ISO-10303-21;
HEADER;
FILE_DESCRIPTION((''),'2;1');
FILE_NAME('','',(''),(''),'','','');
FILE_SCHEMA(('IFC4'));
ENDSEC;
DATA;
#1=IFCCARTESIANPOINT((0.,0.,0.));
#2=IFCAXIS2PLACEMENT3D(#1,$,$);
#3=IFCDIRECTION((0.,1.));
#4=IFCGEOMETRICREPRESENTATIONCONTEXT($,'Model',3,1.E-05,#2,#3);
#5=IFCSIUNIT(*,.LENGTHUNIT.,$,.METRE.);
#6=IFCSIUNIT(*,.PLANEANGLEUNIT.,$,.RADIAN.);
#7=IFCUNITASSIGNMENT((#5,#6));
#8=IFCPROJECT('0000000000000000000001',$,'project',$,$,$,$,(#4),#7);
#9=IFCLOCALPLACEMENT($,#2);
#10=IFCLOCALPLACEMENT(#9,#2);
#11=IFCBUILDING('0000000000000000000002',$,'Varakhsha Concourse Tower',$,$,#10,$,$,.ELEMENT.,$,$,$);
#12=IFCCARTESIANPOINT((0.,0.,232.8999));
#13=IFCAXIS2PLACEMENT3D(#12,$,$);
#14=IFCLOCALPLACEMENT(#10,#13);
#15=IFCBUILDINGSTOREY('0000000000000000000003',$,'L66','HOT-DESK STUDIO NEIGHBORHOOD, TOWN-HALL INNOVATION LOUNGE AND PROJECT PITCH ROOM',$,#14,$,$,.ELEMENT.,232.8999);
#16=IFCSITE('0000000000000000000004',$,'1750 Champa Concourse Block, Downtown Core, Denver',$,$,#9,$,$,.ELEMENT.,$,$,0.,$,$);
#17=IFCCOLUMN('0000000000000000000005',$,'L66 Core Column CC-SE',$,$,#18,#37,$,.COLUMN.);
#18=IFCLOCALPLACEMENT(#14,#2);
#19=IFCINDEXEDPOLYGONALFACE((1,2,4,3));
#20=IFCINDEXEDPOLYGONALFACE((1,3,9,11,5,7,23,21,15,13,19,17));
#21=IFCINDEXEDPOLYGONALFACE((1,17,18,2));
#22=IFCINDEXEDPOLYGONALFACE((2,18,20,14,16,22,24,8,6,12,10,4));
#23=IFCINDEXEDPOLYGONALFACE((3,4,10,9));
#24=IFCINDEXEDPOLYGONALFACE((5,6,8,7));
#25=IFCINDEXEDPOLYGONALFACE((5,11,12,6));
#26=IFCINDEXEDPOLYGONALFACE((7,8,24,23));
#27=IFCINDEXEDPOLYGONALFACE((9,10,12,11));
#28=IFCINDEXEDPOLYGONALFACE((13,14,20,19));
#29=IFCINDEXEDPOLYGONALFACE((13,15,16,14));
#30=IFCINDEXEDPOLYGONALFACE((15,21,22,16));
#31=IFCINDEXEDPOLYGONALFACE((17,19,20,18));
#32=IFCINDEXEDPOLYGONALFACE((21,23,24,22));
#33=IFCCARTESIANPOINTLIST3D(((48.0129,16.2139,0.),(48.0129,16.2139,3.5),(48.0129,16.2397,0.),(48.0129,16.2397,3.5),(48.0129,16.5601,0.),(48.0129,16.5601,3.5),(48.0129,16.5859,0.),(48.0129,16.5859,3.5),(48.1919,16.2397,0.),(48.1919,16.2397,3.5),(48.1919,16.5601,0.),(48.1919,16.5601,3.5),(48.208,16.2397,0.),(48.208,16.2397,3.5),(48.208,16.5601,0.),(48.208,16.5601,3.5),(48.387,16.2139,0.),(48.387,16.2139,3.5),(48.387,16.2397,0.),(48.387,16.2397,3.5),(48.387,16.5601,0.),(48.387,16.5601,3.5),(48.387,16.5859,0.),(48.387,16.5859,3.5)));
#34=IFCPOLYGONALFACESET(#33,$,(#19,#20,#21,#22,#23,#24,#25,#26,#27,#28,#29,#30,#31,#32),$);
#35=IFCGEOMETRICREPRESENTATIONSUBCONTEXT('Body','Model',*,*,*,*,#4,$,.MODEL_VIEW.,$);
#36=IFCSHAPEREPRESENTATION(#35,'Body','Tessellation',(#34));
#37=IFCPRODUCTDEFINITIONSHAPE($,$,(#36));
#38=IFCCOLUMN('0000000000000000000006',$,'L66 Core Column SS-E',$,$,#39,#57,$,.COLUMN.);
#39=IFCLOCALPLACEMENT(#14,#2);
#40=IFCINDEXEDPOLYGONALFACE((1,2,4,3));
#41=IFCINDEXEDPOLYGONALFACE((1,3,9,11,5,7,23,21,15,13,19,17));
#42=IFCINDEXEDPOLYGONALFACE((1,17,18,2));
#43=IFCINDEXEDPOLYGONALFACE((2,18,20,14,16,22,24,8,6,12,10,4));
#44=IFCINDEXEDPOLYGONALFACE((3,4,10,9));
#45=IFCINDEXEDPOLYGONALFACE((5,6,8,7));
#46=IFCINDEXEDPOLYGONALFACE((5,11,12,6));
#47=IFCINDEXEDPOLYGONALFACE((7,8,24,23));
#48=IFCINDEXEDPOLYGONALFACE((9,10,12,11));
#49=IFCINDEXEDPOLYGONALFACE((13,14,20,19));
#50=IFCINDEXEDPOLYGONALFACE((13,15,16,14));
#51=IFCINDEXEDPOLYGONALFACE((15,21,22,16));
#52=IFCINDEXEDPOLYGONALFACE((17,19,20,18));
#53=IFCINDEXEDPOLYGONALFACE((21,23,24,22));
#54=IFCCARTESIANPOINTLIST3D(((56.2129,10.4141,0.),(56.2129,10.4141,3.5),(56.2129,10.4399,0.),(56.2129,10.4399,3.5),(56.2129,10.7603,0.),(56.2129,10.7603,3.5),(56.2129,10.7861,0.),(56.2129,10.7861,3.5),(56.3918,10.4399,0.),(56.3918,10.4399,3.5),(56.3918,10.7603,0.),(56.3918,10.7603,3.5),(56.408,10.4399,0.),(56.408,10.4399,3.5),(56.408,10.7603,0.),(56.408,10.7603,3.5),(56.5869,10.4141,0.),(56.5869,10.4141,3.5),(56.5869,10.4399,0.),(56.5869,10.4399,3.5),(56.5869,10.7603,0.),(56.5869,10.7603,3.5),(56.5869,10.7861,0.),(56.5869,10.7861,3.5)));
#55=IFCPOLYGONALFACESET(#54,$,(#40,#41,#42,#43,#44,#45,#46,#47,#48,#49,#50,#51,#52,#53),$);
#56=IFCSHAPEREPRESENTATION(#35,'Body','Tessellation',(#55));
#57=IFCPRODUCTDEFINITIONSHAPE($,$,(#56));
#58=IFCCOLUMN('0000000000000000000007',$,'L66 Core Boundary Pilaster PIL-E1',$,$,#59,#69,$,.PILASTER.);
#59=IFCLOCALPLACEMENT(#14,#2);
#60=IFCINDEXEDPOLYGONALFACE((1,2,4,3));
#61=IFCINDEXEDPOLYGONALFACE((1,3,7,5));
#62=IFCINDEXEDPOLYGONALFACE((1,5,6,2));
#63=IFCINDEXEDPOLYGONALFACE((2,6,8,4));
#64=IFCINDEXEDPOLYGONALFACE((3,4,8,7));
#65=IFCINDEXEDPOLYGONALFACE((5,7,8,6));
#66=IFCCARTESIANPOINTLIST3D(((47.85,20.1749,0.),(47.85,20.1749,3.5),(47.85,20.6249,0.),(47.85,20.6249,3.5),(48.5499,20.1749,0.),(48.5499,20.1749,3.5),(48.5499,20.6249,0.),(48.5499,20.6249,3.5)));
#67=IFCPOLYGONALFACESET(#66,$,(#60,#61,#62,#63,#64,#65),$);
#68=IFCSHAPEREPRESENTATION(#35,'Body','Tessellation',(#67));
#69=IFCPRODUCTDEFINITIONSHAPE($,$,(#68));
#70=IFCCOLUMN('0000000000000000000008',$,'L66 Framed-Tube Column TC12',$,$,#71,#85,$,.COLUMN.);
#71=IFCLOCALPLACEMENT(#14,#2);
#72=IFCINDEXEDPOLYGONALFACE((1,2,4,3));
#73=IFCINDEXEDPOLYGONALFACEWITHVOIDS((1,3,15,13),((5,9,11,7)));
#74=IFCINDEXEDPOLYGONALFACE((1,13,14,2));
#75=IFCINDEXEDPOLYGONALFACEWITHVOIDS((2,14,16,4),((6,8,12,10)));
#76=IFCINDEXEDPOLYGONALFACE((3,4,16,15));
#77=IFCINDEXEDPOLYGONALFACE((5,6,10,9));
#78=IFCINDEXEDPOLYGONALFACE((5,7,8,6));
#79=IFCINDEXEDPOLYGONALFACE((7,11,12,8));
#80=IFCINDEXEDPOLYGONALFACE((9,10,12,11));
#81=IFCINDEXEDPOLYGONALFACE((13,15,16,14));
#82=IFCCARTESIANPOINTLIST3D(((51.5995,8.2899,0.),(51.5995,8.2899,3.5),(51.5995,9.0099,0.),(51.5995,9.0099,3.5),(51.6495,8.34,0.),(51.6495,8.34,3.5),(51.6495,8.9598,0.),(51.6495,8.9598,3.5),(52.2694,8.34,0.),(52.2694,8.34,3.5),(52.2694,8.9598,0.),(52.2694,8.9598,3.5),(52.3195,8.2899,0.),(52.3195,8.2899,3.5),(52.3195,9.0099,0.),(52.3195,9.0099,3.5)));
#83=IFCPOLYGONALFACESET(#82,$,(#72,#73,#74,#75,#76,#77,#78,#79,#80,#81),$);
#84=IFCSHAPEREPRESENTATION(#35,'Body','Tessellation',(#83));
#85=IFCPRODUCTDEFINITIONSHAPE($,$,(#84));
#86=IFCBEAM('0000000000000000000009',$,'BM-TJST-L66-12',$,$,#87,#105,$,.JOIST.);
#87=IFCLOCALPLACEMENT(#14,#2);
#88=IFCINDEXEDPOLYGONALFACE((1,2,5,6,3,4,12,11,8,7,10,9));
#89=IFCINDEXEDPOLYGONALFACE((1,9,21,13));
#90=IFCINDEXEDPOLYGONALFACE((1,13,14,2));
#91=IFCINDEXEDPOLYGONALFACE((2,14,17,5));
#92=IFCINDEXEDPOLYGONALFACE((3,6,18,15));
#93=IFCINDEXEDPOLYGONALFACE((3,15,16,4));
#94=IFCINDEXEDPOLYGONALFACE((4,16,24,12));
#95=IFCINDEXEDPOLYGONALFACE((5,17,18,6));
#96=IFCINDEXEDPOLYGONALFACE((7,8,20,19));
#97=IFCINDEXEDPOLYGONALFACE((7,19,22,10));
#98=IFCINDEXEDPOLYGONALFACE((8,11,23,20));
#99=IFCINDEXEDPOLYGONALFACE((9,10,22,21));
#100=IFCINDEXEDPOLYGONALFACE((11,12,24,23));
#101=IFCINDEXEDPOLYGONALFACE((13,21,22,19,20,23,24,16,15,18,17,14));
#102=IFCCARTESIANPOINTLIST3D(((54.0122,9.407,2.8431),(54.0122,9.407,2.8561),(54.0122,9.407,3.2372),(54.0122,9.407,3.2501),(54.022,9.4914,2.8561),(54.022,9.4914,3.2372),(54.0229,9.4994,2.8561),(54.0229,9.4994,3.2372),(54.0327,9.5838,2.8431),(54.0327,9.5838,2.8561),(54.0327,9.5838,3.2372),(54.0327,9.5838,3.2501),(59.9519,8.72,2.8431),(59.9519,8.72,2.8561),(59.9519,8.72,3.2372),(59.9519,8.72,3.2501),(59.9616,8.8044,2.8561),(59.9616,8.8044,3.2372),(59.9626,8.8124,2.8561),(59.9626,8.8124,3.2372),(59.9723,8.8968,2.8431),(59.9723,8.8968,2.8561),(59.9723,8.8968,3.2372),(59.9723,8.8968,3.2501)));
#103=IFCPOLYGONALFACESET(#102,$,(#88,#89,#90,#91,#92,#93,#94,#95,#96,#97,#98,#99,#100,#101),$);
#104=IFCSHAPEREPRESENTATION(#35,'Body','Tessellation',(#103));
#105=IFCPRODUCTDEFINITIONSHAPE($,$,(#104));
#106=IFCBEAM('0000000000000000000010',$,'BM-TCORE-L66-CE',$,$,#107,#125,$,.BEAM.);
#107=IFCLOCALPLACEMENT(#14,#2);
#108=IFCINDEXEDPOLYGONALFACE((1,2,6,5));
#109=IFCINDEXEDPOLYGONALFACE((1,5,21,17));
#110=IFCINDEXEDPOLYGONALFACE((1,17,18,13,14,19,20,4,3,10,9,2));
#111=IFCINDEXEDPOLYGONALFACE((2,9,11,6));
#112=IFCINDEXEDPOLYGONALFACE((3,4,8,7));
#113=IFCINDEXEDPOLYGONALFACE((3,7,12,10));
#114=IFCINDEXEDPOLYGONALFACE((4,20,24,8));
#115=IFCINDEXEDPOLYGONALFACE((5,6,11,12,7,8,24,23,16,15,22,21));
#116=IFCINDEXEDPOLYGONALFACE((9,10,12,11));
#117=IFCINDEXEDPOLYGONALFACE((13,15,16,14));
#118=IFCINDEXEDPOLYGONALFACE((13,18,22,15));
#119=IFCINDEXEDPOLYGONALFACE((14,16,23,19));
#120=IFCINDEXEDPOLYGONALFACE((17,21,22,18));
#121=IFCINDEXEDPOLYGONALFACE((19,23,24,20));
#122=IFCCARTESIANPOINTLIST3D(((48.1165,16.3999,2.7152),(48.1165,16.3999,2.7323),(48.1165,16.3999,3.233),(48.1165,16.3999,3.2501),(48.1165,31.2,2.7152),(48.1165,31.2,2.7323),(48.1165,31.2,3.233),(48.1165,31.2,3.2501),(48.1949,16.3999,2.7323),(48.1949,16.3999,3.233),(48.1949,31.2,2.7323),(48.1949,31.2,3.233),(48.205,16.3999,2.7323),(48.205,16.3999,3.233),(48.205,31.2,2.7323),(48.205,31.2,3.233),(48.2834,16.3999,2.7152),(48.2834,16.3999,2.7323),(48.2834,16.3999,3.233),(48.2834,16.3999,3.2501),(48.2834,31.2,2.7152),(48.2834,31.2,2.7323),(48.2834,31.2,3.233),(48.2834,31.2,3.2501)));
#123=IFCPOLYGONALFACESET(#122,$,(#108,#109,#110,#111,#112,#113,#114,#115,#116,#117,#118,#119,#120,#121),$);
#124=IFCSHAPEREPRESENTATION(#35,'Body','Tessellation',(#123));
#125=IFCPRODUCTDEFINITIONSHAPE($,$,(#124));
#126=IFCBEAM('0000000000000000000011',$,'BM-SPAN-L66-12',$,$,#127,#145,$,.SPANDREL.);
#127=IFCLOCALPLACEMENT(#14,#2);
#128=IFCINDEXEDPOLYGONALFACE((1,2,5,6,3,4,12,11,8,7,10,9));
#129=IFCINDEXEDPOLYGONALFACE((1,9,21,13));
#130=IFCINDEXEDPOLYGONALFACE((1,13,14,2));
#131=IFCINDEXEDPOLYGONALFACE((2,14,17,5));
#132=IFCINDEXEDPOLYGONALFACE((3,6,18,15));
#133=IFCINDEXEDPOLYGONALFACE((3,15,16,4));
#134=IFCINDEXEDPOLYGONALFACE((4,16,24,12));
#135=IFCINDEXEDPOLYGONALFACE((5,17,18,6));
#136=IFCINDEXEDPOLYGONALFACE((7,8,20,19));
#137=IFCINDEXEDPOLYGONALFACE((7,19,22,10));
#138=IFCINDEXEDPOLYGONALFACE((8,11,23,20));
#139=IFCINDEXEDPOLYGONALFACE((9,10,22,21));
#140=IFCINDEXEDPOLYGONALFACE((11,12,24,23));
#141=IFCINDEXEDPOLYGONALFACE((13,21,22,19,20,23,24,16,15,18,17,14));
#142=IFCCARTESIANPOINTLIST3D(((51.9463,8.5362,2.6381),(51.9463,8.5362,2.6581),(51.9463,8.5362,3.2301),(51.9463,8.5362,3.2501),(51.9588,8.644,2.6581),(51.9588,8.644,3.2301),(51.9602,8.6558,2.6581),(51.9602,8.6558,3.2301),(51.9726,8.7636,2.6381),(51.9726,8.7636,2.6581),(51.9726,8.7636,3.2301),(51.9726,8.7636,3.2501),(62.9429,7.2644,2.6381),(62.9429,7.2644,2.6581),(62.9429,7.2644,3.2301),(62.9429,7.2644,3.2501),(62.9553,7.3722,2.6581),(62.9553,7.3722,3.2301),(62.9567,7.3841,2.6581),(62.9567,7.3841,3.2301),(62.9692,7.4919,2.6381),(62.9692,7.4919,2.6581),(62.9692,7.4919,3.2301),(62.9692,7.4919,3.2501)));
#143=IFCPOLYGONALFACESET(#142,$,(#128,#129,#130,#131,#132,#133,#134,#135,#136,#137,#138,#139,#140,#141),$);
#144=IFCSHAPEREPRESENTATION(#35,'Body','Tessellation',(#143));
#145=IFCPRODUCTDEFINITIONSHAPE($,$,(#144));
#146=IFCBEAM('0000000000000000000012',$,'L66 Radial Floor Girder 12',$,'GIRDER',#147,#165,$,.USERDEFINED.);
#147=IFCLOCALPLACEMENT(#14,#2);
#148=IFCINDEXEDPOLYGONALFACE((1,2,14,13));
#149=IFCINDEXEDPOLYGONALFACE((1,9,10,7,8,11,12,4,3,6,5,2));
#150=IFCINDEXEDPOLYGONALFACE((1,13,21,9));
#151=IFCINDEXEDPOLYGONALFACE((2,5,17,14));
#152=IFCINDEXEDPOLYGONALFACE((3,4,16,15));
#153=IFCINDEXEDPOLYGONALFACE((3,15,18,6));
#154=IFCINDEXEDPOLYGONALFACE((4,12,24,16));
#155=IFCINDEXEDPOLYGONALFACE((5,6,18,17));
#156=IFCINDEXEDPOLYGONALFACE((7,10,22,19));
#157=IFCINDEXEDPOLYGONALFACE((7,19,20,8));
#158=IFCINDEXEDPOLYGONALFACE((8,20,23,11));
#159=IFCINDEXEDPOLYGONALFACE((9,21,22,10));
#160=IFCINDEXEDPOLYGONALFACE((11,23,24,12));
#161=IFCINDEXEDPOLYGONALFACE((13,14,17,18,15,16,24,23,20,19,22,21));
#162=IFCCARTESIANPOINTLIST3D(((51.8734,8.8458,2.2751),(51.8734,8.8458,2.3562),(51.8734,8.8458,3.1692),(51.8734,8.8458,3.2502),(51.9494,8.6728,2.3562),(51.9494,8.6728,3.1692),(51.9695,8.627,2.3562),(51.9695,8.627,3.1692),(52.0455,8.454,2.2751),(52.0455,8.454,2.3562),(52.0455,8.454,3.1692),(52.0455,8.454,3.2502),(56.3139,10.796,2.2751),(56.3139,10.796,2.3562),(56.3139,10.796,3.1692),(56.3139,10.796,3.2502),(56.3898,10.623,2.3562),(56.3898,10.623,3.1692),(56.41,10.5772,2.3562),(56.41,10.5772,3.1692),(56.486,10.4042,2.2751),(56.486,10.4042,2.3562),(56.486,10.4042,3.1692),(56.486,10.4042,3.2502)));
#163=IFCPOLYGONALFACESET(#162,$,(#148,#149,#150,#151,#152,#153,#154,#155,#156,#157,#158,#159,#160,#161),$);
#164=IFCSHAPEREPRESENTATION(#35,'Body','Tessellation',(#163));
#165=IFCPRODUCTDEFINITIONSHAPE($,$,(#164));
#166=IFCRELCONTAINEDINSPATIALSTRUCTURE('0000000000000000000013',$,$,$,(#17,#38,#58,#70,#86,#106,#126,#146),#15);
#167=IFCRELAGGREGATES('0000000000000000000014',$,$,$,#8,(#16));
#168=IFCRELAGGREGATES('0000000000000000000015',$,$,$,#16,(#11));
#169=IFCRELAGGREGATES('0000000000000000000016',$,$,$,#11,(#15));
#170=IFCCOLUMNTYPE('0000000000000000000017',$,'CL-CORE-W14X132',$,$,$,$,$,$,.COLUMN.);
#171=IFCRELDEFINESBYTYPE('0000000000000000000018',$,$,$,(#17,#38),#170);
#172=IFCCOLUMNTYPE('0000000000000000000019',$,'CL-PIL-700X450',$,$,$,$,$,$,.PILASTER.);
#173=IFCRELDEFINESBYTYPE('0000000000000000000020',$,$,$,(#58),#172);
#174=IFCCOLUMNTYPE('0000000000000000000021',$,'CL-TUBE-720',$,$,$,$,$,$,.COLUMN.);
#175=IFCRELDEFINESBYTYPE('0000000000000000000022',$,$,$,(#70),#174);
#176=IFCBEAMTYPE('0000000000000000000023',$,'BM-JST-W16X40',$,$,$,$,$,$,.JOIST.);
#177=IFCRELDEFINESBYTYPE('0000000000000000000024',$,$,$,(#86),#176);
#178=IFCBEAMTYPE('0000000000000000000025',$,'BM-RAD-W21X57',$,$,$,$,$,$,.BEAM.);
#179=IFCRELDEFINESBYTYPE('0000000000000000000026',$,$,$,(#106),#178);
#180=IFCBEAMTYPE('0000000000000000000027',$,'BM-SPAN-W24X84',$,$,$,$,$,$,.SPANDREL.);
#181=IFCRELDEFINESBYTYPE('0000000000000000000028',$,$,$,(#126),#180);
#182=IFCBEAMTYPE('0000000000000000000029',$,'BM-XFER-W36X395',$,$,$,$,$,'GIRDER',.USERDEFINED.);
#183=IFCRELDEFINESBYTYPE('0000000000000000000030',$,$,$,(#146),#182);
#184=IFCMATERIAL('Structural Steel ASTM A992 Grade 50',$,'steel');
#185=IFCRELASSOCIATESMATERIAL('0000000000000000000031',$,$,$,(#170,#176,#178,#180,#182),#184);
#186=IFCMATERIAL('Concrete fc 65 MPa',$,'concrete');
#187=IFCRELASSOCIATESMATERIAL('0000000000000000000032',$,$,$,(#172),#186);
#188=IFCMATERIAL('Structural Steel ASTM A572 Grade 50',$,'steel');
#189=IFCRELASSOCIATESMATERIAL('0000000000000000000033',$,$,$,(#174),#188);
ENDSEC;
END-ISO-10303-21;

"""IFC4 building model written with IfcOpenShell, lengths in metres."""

from ifc_helpers import new_model, si_unit, direction, frame, origin, origin_2d, place, context, subcontext, project, spatial, rectangle, hollow_rectangle, i_section, extrude, material, material_profile, profile_set, type_object, element, save


model = new_model("IFC4")

# Units and contexts
model_context = context("Model", 3, precision=1e-05, world=origin(), true_north=direction((0.0, 1.0)))
body_context = subcontext(model_context, "Body", "Model", "MODEL_VIEW")
ifc_project = project(units=[si_unit("LENGTHUNIT", "METRE"), si_unit("PLANEANGLEUNIT", "RADIAN")], contexts=[model_context])

# Site, building, storey
site_placement = place(None, origin())
site = spatial("IfcSite", under=ifc_project, at=site_placement, Name="1750 Champa Concourse Block, Downtown Core, Denver", CompositionType="ELEMENT", RefElevation=0.0)
building_placement = place(site_placement, origin())
building = spatial("IfcBuilding", under=site, at=building_placement, Name="Varakhsha Concourse Tower", CompositionType="ELEMENT")
storey_placement = place(building_placement, frame((0.0, 0.0, 232.8999)))
storey = spatial("IfcBuildingStorey", under=building, at=storey_placement, Name="L66", Description="HOT-DESK STUDIO NEIGHBORHOOD, TOWN-HALL INNOVATION LOUNGE AND PROJECT PITCH ROOM", CompositionType="ELEMENT", Elevation=232.8999)

# Columns
ifc_material_1 = material(Name="Structural Steel ASTM A992 Grade 50", Category="steel")
ifc_material_profile_1 = material_profile(ifc_material_1, i_section(OverallWidth=0.374, OverallDepth=0.3721, WebThickness=0.0161, FlangeThickness=0.0259, at=origin_2d()), Name="W14X132")
ifc_profile_set_1 = profile_set([ifc_material_profile_1], Name="Structural Steel ASTM A992 Grade 50")
column_type_1 = type_object("IfcColumnType", Name="CL-CORE-W14X132", PredefinedType="COLUMN", material=ifc_profile_set_1)
for number, where, z_axis, x_axis, name in (
    (1, (48.2, 16.3999, 0.0), (0.0, 0.0, 1.0), (1.0, 0.0, 0.0), "L66 Core Column CC-SE"),
    (2, (56.3999, 10.6001, 0.0), (0.0, 0.0, 1.0), (1.0, 0.0, 0.0), "L66 Core Column SS-E"),
):
    element("IfcColumn", number, at=place(storey_placement, frame(where, z_axis=z_axis, x_axis=x_axis)), inside=storey, type_object=column_type_1, Name=name, PredefinedType="COLUMN", context=body_context, shape_type="SweptSolid", body=[
        extrude(i_section(OverallWidth=0.374, OverallDepth=0.3721, WebThickness=0.0161, FlangeThickness=0.0259, at=origin_2d()), origin(), (0.0, 0.0, 1.0), 3.5),
    ])
ifc_material_2 = material(Name="Concrete fc 65 MPa", Category="concrete")
ifc_material_profile_2 = material_profile(ifc_material_2, rectangle(XDim=0.7, YDim=0.45, at=origin_2d()), Name="RC 700x450")
ifc_profile_set_2 = profile_set([ifc_material_profile_2], Name="Concrete fc 65 MPa")
column_type_2 = type_object("IfcColumnType", Name="CL-PIL-700X450", PredefinedType="PILASTER", material=ifc_profile_set_2)
column_1_placement = place(storey_placement, frame((48.2, 20.3999, 0.0), z_axis=(0.0, 0.0, 1.0), x_axis=(1.0, 0.0, 0.0)))
element("IfcColumn", 3, at=column_1_placement, inside=storey, type_object=column_type_2, Name="L66 Core Boundary Pilaster PIL-E1", PredefinedType="PILASTER", context=body_context, shape_type="SweptSolid", body=[
    extrude(rectangle(XDim=0.7, YDim=0.45, at=origin_2d()), origin(), (0.0, 0.0, 1.0), 3.5),
])
ifc_material_3 = material(Name="Structural Steel ASTM A572 Grade 50", Category="steel")
ifc_material_profile_3 = material_profile(ifc_material_3, hollow_rectangle(XDim=0.72, YDim=0.72, WallThickness=0.05, at=origin_2d()), Name="BOX 720x720x50")
ifc_profile_set_3 = profile_set([ifc_material_profile_3], Name="Structural Steel ASTM A572 Grade 50")
column_type_3 = type_object("IfcColumnType", Name="CL-TUBE-720", PredefinedType="COLUMN", material=ifc_profile_set_3)
column_2_placement = place(storey_placement, frame((51.9595, 8.6499, 0.0), z_axis=(0.0, 0.0, 1.0), x_axis=(1.0, 0.0, 0.0)))
element("IfcColumn", 4, at=column_2_placement, inside=storey, type_object=column_type_3, Name="L66 Framed-Tube Column TC12", PredefinedType="COLUMN", context=body_context, shape_type="SweptSolid", body=[
    extrude(hollow_rectangle(XDim=0.72, YDim=0.72, WallThickness=0.05, at=origin_2d()), origin(), (0.0, 0.0, 1.0), 3.5),
])

# Beams
ifc_material_profile_4 = material_profile(ifc_material_1, i_section(OverallWidth=0.178, OverallDepth=0.407, WebThickness=0.0081, FlangeThickness=0.0129, at=origin_2d()), Name="W16X40")
ifc_profile_set_4 = profile_set([ifc_material_profile_4], Name="Structural Steel ASTM A992 Grade 50")
beam_type_1 = type_object("IfcBeamType", Name="BM-JST-W16X40", PredefinedType="JOIST", material=ifc_profile_set_4)
beam_1_placement = place(storey_placement, frame((54.0225, 9.4954, 3.0466), z_axis=(0.993377, -0.114898, 0.0), x_axis=(0.114898, 0.993377, 0.0)))
element("IfcBeam", 5, at=beam_1_placement, inside=storey, type_object=beam_type_1, Name="BM-TJST-L66-12", PredefinedType="JOIST", context=body_context, shape_type="SweptSolid", body=[
    extrude(i_section(OverallWidth=0.178, OverallDepth=0.407, WebThickness=0.0081, FlangeThickness=0.0129, at=origin_2d()), origin(), (0.0, 0.0, 1.0), 5.9792),
])
ifc_material_profile_5 = material_profile(ifc_material_1, i_section(OverallWidth=0.167, OverallDepth=0.5349, WebThickness=0.01, FlangeThickness=0.0171, at=origin_2d()), Name="W21X57")
ifc_profile_set_5 = profile_set([ifc_material_profile_5], Name="Structural Steel ASTM A992 Grade 50")
beam_type_2 = type_object("IfcBeamType", Name="BM-RAD-W21X57", PredefinedType="BEAM", material=ifc_profile_set_5)
beam_2_placement = place(storey_placement, frame((48.2, 16.3999, 2.9827), z_axis=(0.0, 1.0, 0.0), x_axis=(-1.0, 0.0, 0.0)))
element("IfcBeam", 6, at=beam_2_placement, inside=storey, type_object=beam_type_2, Name="BM-TCORE-L66-CE", PredefinedType="BEAM", context=body_context, shape_type="SweptSolid", body=[
    extrude(i_section(OverallWidth=0.167, OverallDepth=0.5349, WebThickness=0.01, FlangeThickness=0.0171, at=origin_2d()), origin(), (0.0, 0.0, 1.0), 14.8),
])
ifc_material_profile_6 = material_profile(ifc_material_1, i_section(OverallWidth=0.229, OverallDepth=0.6121, WebThickness=0.012, FlangeThickness=0.02, at=origin_2d()), Name="W24X84")
ifc_profile_set_6 = profile_set([ifc_material_profile_6], Name="Structural Steel ASTM A992 Grade 50")
beam_type_3 = type_object("IfcBeamType", Name="BM-SPAN-W24X84", PredefinedType="SPANDREL", material=ifc_profile_set_6)
beam_3_placement = place(storey_placement, frame((51.9595, 8.6499, 2.9441), z_axis=(0.993379, -0.114882, 0.0), x_axis=(0.114882, 0.993379, 0.0)))
element("IfcBeam", 7, at=beam_3_placement, inside=storey, type_object=beam_type_3, Name="BM-SPAN-L66-12", PredefinedType="SPANDREL", context=body_context, shape_type="SweptSolid", body=[
    extrude(i_section(OverallWidth=0.229, OverallDepth=0.6121, WebThickness=0.012, FlangeThickness=0.02, at=origin_2d()), origin(), (0.0, 0.0, 1.0), 11.0698),
])
ifc_material_profile_7 = material_profile(ifc_material_1, i_section(OverallWidth=0.428, OverallDepth=0.9751, WebThickness=0.05, FlangeThickness=0.0811, at=origin_2d()), Name="W36X395")
ifc_profile_set_7 = profile_set([ifc_material_profile_7], Name="Structural Steel ASTM A992 Grade 50")
beam_type_4 = type_object("IfcBeamType", Name="BM-XFER-W36X395", ElementType="GIRDER", PredefinedType="USERDEFINED", material=ifc_profile_set_7)
beam_4_placement = place(storey_placement, frame((56.3999, 10.6001, 2.7627), z_axis=(-0.915588, -0.402118, 0.0), x_axis=(0.402118, -0.915588, 0.0)))
element("IfcBeam", 8, at=beam_4_placement, inside=storey, type_object=beam_type_4, Name="L66 Radial Floor Girder 12", ObjectType="GIRDER", PredefinedType="USERDEFINED", context=body_context, shape_type="SweptSolid", body=[
    extrude(i_section(OverallWidth=0.428, OverallDepth=0.9751, WebThickness=0.05, FlangeThickness=0.0811, at=origin_2d()), origin(), (0.0, 0.0, 1.0), 4.8499),
])

save(model, "model.ifc")
